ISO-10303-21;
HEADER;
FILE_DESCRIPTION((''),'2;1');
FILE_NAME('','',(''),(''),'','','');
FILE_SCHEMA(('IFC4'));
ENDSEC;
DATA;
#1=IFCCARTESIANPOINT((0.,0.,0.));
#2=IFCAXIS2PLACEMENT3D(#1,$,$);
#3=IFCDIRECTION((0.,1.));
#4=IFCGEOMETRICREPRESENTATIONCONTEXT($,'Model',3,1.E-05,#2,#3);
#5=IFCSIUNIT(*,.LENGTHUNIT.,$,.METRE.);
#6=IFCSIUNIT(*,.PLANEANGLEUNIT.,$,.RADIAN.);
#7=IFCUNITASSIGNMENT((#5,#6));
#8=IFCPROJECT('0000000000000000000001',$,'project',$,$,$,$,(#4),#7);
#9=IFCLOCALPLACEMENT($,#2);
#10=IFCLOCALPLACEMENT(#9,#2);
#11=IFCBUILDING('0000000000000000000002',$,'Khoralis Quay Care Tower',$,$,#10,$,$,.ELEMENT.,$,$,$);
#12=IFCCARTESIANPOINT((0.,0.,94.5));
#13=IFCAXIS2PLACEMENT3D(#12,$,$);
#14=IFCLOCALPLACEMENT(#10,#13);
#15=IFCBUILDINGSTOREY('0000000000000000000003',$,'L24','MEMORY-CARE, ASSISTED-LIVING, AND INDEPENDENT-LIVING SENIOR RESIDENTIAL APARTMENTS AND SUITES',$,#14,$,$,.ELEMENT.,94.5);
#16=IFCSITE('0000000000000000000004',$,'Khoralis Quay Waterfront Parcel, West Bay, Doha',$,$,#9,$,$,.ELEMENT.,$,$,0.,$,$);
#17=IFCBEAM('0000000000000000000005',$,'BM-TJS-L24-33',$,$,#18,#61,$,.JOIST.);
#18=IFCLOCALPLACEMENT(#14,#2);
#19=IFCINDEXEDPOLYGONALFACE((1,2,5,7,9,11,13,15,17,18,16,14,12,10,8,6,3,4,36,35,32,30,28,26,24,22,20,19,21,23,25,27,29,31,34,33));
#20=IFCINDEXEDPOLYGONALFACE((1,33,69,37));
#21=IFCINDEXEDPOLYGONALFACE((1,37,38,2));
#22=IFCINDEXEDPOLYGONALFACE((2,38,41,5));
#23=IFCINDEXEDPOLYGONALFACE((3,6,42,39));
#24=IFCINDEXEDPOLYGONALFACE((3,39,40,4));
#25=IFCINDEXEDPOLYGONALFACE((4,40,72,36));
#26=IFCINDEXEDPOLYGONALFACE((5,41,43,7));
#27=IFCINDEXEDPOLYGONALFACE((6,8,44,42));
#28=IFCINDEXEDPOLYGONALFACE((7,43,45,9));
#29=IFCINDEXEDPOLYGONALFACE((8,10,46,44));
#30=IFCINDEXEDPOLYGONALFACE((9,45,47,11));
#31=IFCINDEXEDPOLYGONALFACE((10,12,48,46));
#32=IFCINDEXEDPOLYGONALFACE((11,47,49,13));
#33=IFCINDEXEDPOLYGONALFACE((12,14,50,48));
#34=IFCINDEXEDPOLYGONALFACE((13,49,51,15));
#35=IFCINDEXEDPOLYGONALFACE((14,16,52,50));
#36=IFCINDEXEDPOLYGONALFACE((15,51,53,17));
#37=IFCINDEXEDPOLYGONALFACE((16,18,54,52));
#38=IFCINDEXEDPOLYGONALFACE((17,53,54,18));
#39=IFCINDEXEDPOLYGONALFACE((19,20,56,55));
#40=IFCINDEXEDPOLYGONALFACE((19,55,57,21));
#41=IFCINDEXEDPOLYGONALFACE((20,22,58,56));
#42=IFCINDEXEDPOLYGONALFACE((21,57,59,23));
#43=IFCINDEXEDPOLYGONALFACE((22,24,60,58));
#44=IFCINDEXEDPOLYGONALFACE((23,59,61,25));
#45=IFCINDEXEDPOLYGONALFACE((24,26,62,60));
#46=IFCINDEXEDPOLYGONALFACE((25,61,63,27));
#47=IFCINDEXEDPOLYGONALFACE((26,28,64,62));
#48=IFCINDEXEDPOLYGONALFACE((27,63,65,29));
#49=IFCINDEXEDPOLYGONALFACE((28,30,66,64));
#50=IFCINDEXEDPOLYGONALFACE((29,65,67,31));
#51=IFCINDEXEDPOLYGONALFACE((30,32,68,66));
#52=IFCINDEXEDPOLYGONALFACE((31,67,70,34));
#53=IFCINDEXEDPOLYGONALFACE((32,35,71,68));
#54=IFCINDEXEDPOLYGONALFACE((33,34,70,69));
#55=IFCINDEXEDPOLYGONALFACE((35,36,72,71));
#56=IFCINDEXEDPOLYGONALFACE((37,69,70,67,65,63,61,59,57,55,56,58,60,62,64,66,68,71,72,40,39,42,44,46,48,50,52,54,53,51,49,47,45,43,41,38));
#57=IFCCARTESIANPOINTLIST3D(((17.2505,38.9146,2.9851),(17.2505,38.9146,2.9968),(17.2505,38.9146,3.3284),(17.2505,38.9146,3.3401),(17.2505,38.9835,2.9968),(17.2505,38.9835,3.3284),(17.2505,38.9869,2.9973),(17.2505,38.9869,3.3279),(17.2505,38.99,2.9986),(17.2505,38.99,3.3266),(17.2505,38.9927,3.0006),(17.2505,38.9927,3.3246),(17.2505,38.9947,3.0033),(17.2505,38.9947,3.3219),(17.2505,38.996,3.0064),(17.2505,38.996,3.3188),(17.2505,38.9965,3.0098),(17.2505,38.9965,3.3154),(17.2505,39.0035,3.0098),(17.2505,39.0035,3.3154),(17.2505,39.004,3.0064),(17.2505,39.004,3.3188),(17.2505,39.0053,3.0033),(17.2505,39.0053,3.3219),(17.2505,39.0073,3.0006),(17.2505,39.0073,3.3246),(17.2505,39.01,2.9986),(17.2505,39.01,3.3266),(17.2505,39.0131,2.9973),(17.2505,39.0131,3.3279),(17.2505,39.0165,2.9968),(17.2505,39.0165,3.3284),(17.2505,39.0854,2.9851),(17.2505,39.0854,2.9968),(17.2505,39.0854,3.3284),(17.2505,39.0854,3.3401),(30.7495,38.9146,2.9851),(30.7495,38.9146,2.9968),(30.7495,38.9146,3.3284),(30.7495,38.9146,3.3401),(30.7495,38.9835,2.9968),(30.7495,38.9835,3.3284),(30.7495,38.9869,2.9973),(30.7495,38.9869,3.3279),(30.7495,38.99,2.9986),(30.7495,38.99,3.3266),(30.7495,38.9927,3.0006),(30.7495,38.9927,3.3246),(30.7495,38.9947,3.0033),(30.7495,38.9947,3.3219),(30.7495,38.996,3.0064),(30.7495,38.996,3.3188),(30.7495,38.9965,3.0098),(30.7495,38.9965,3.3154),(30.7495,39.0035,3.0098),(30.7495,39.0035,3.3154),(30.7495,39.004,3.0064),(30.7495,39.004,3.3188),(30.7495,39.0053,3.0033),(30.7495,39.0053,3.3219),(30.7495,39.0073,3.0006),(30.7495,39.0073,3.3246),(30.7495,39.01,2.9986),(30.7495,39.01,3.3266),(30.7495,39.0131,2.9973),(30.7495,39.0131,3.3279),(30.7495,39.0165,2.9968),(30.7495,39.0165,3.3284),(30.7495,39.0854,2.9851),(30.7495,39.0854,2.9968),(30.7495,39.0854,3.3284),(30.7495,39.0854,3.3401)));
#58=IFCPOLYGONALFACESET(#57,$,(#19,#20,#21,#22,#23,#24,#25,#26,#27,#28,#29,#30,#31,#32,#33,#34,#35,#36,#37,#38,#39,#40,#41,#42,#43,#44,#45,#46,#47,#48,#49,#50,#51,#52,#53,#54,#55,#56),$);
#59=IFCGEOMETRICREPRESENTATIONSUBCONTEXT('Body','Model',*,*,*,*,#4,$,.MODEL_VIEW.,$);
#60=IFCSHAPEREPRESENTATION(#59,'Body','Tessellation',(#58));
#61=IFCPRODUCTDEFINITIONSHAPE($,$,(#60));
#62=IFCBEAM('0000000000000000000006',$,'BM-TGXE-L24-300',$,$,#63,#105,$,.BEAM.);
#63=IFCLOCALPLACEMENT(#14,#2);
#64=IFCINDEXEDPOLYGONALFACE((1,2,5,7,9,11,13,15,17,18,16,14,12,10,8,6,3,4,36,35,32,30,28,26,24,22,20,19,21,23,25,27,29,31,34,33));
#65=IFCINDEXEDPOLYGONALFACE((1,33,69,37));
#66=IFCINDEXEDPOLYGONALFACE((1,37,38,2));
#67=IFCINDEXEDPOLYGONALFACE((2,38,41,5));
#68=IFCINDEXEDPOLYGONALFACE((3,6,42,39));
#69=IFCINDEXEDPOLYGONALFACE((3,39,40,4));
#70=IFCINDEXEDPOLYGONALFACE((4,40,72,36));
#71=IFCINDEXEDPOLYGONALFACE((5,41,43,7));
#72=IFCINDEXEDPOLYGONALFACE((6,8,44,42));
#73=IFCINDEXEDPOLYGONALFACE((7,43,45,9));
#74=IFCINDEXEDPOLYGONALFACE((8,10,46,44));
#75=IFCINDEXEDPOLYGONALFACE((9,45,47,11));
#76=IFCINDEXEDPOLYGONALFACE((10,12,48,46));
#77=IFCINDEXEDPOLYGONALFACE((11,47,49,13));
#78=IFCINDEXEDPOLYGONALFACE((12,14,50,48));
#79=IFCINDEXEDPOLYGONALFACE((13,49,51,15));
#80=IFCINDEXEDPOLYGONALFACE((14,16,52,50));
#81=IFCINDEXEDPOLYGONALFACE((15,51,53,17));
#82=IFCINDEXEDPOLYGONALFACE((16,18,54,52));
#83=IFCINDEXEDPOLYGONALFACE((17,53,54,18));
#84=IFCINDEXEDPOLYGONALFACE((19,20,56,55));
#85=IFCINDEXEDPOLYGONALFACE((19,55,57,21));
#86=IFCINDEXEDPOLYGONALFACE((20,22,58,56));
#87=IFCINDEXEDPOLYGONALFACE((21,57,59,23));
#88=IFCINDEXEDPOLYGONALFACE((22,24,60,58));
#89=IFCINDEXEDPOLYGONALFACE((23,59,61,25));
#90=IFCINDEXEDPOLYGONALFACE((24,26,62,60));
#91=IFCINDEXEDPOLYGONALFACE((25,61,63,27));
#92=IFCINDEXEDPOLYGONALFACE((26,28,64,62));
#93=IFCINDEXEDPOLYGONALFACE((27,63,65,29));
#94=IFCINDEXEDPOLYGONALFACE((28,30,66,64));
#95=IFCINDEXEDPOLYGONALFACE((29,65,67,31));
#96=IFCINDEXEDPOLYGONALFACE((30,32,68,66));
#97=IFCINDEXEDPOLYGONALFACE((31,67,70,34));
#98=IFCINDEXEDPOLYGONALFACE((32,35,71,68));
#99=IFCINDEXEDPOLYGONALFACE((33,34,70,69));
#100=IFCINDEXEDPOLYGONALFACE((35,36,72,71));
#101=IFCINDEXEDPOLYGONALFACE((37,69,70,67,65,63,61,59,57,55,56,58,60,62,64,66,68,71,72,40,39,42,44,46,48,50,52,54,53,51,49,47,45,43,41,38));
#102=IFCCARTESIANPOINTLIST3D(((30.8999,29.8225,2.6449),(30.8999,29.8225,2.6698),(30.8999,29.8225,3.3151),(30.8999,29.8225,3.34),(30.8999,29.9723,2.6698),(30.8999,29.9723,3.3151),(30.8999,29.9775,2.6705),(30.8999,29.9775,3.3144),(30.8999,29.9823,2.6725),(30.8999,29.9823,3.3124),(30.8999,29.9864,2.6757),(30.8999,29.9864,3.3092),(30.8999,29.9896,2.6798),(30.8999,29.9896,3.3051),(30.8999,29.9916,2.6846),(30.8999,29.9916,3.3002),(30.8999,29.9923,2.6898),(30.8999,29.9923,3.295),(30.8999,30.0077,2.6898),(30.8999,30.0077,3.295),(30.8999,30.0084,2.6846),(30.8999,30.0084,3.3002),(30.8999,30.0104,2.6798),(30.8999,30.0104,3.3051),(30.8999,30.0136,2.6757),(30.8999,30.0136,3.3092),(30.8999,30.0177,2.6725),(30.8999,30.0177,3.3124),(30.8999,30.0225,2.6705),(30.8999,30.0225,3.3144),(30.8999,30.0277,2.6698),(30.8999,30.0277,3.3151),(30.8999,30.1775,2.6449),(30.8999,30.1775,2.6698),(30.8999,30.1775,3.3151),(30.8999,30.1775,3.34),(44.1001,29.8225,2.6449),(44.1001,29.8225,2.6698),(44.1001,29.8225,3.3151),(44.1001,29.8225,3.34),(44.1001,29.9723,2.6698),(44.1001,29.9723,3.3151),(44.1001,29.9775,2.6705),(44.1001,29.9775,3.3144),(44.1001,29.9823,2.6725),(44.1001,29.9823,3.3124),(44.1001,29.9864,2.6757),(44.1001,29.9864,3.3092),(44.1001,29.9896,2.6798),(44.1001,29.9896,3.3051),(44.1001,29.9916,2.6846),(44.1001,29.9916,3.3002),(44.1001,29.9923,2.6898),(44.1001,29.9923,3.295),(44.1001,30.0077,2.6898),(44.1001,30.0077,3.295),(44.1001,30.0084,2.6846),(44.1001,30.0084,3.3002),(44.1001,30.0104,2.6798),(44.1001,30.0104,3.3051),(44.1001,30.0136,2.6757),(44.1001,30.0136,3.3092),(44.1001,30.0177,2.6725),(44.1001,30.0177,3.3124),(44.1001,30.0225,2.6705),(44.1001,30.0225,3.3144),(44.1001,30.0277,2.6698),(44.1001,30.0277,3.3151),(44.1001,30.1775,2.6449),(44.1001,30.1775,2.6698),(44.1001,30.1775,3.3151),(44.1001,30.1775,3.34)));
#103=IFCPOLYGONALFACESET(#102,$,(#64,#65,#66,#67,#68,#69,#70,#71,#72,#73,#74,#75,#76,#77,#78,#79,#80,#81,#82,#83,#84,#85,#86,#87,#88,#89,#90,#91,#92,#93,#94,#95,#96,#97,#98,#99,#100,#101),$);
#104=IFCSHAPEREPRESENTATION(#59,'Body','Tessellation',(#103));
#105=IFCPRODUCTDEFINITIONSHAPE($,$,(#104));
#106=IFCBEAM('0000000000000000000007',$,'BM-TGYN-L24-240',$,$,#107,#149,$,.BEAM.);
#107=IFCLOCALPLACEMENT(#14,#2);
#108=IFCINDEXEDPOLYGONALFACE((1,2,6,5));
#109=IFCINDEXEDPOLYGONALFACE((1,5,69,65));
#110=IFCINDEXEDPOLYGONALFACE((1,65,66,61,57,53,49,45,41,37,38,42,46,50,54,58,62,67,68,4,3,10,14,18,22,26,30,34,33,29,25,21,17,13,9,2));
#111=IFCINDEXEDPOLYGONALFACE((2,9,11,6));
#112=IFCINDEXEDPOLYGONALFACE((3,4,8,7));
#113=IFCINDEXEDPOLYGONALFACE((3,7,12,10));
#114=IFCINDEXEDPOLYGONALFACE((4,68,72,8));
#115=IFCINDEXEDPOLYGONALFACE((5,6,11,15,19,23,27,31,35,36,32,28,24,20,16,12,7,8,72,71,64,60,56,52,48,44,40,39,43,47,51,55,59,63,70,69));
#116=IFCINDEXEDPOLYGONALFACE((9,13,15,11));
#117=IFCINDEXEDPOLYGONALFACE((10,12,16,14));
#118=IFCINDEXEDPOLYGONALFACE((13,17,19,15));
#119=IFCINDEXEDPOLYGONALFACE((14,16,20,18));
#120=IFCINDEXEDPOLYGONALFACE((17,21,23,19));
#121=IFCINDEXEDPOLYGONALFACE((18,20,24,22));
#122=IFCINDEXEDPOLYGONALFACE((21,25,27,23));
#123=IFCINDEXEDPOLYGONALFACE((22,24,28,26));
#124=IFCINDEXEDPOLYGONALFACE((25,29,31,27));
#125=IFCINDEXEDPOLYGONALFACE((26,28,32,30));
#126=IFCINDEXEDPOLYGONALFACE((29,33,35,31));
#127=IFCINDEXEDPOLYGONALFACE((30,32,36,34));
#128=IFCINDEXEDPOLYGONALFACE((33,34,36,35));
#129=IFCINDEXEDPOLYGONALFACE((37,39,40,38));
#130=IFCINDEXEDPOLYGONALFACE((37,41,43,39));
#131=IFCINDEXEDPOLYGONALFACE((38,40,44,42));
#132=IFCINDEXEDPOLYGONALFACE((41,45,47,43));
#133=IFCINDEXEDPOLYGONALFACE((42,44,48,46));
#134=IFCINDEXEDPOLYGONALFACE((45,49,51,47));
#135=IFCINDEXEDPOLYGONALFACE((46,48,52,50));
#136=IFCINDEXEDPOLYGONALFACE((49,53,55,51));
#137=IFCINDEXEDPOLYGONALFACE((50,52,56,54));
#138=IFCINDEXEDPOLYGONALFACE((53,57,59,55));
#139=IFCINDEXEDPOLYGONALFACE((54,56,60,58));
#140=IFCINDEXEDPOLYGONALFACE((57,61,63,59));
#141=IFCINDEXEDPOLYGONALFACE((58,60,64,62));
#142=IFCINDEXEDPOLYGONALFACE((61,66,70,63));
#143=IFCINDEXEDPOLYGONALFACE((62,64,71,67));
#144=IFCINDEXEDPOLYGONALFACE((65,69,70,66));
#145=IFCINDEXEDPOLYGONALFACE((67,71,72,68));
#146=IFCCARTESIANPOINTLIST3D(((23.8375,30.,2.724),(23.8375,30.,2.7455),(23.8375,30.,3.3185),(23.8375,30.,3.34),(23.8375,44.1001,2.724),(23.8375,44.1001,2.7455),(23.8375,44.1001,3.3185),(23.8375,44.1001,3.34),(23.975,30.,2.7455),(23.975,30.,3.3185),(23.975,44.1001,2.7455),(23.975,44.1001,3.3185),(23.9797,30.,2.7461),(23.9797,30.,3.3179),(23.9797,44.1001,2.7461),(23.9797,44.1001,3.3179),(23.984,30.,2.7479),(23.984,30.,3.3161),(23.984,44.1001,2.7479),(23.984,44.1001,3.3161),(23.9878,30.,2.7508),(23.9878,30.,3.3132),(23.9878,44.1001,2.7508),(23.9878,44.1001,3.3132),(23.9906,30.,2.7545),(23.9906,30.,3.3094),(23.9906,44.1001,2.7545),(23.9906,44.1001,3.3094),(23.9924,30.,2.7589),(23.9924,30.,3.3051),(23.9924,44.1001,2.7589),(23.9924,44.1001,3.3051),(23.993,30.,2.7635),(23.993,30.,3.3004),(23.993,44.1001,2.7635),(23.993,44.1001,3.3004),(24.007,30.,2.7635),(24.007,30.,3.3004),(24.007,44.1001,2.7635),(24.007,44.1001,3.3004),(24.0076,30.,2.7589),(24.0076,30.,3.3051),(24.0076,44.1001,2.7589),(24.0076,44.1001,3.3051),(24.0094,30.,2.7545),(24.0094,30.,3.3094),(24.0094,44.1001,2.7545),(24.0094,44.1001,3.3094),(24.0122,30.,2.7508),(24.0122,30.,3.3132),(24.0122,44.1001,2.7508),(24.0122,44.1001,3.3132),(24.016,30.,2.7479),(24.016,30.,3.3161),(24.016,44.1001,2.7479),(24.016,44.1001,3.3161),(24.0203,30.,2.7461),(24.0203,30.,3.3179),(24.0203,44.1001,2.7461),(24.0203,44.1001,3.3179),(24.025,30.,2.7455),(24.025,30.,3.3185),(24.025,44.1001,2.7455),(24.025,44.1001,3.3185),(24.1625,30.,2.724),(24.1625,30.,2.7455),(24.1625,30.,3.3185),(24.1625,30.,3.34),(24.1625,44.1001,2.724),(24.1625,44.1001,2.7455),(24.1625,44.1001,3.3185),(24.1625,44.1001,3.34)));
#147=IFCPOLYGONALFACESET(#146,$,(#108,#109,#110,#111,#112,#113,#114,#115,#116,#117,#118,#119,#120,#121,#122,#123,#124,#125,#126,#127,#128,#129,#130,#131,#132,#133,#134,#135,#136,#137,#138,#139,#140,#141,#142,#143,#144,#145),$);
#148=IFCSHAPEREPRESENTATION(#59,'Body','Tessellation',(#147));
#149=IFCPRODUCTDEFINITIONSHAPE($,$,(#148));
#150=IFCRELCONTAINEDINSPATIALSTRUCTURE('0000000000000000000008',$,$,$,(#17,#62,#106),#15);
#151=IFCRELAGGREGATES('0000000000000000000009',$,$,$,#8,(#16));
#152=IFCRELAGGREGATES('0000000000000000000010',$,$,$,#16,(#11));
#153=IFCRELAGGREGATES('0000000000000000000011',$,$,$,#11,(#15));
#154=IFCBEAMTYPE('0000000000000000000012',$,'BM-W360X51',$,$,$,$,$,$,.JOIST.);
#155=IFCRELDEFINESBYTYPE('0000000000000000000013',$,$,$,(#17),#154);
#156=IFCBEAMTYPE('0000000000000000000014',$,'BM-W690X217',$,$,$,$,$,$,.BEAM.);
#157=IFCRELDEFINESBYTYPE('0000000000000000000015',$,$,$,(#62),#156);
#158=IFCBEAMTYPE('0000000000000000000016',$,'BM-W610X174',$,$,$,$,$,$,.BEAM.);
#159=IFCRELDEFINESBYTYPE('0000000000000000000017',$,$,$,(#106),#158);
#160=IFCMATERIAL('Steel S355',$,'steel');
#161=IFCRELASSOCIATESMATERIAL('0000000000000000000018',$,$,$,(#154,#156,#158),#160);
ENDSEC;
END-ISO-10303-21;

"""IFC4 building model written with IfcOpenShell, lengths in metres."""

from ifc_helpers import new_model, si_unit, direction, frame, origin, origin_2d, place, context, subcontext, project, spatial, i_section, extrude, source, transform, mapped, material, material_profile, profile_set, type_object, element, save


model = new_model("IFC4")

# Units and contexts
model_context = context("Model", 3, precision=1e-05, world=origin(), true_north=direction((0.0, 1.0)))
body_context = subcontext(model_context, "Body", "Model", "MODEL_VIEW")
ifc_project = project(units=[si_unit("LENGTHUNIT", "METRE"), si_unit("PLANEANGLEUNIT", "RADIAN")], contexts=[model_context])

# Site, building, storey
site_placement = place(None, origin())
site = spatial("IfcSite", under=ifc_project, at=site_placement, Name="Khoralis Quay Waterfront Parcel, West Bay, Doha", CompositionType="ELEMENT", RefElevation=0.0)
building_placement = place(site_placement, origin())
building = spatial("IfcBuilding", under=site, at=building_placement, Name="Khoralis Quay Care Tower", CompositionType="ELEMENT")
storey_placement = place(building_placement, frame((0.0, 0.0, 94.5)))
storey = spatial("IfcBuildingStorey", under=building, at=storey_placement, Name="L24", Description="MEMORY-CARE, ASSISTED-LIVING, AND INDEPENDENT-LIVING SENIOR RESIDENTIAL APARTMENTS AND SUITES", CompositionType="ELEMENT", Elevation=94.5)

# Beams
ifc_material_1 = material(Name="Steel S355", Category="steel")
ifc_material_profile_1 = material_profile(ifc_material_1, i_section(OverallWidth=0.1709, OverallDepth=0.355, WebThickness=0.0071, FlangeThickness=0.0117, FilletRadius=0.0129, at=origin_2d()), Name="Steel S355")
ifc_profile_set_1 = profile_set([ifc_material_profile_1], Name="Steel S355")
beam_type_1 = type_object("IfcBeamType", Name="BM-W360X51", PredefinedType="JOIST", material=ifc_profile_set_1)
shared_shape_1 = source(origin(), body_context, "Body", "SweptSolid", [
    extrude(i_section(OverallWidth=0.1709, OverallDepth=0.355, WebThickness=0.0071, FlangeThickness=0.0117, FilletRadius=0.0129, at=origin_2d()), origin(), (0.0, 0.0, 1.0), 13.499),
])
for number, where, z_axis, x_axis, name in (
    (1, (17.2505, 39.0, 3.1626), (1.0, 0.0, 0.0), (0.0, 1.0, 0.0), "BM-TJS-L24-33"),
):
    element("IfcBeam", number, at=place(storey_placement, frame(where, z_axis=z_axis, x_axis=x_axis)), inside=storey, type_object=beam_type_1, Name=name, PredefinedType="JOIST", context=body_context, shape_type="MappedRepresentation", body=[
        mapped(shared_shape_1, transform((0.0, 0.0, 0.0), scale=1.0)),
    ])
ifc_material_profile_2 = material_profile(ifc_material_1, i_section(OverallWidth=0.355, OverallDepth=0.6951, WebThickness=0.0154, FlangeThickness=0.0249, FilletRadius=0.02, at=origin_2d()), Name="Steel S355")
ifc_profile_set_2 = profile_set([ifc_material_profile_2], Name="Steel S355")
beam_type_2 = type_object("IfcBeamType", Name="BM-W690X217", PredefinedType="BEAM", material=ifc_profile_set_2)
shared_shape_2 = source(origin(), body_context, "Body", "SweptSolid", [
    extrude(i_section(OverallWidth=0.355, OverallDepth=0.6951, WebThickness=0.0154, FlangeThickness=0.0249, FilletRadius=0.02, at=origin_2d()), origin(), (0.0, 0.0, 1.0), 13.2002),
])
beam_1_placement = place(storey_placement, frame((30.8999, 30.0, 2.9924), z_axis=(1.0, 0.0, 0.0), x_axis=(0.0, 1.0, 0.0)))
element("IfcBeam", 2, at=beam_1_placement, inside=storey, type_object=beam_type_2, Name="BM-TGXE-L24-300", PredefinedType="BEAM", context=body_context, shape_type="MappedRepresentation", body=[
    mapped(shared_shape_2, transform((0.0, 0.0, 0.0), scale=1.0)),
])
ifc_material_profile_3 = material_profile(ifc_material_1, i_section(OverallWidth=0.325, OverallDepth=0.616, WebThickness=0.0139, FlangeThickness=0.0215, FilletRadius=0.0181, at=origin_2d()), Name="Steel S355")
ifc_profile_set_3 = profile_set([ifc_material_profile_3], Name="Steel S355")
beam_type_3 = type_object("IfcBeamType", Name="BM-W610X174", PredefinedType="BEAM", material=ifc_profile_set_3)
shared_shape_3 = source(origin(), body_context, "Body", "SweptSolid", [
    extrude(i_section(OverallWidth=0.325, OverallDepth=0.616, WebThickness=0.0139, FlangeThickness=0.0215, FilletRadius=0.0181, at=origin_2d()), origin(), (0.0, 0.0, 1.0), 14.1001),
])
beam_2_placement = place(storey_placement, frame((24.0, 30.0, 3.032), z_axis=(0.0, 1.0, 0.0), x_axis=(-1.0, 0.0, 0.0)))
element("IfcBeam", 3, at=beam_2_placement, inside=storey, type_object=beam_type_3, Name="BM-TGYN-L24-240", PredefinedType="BEAM", context=body_context, shape_type="MappedRepresentation", body=[
    mapped(shared_shape_3, transform((0.0, 0.0, 0.0), scale=1.0)),
])

save(model, "model.ifc")
